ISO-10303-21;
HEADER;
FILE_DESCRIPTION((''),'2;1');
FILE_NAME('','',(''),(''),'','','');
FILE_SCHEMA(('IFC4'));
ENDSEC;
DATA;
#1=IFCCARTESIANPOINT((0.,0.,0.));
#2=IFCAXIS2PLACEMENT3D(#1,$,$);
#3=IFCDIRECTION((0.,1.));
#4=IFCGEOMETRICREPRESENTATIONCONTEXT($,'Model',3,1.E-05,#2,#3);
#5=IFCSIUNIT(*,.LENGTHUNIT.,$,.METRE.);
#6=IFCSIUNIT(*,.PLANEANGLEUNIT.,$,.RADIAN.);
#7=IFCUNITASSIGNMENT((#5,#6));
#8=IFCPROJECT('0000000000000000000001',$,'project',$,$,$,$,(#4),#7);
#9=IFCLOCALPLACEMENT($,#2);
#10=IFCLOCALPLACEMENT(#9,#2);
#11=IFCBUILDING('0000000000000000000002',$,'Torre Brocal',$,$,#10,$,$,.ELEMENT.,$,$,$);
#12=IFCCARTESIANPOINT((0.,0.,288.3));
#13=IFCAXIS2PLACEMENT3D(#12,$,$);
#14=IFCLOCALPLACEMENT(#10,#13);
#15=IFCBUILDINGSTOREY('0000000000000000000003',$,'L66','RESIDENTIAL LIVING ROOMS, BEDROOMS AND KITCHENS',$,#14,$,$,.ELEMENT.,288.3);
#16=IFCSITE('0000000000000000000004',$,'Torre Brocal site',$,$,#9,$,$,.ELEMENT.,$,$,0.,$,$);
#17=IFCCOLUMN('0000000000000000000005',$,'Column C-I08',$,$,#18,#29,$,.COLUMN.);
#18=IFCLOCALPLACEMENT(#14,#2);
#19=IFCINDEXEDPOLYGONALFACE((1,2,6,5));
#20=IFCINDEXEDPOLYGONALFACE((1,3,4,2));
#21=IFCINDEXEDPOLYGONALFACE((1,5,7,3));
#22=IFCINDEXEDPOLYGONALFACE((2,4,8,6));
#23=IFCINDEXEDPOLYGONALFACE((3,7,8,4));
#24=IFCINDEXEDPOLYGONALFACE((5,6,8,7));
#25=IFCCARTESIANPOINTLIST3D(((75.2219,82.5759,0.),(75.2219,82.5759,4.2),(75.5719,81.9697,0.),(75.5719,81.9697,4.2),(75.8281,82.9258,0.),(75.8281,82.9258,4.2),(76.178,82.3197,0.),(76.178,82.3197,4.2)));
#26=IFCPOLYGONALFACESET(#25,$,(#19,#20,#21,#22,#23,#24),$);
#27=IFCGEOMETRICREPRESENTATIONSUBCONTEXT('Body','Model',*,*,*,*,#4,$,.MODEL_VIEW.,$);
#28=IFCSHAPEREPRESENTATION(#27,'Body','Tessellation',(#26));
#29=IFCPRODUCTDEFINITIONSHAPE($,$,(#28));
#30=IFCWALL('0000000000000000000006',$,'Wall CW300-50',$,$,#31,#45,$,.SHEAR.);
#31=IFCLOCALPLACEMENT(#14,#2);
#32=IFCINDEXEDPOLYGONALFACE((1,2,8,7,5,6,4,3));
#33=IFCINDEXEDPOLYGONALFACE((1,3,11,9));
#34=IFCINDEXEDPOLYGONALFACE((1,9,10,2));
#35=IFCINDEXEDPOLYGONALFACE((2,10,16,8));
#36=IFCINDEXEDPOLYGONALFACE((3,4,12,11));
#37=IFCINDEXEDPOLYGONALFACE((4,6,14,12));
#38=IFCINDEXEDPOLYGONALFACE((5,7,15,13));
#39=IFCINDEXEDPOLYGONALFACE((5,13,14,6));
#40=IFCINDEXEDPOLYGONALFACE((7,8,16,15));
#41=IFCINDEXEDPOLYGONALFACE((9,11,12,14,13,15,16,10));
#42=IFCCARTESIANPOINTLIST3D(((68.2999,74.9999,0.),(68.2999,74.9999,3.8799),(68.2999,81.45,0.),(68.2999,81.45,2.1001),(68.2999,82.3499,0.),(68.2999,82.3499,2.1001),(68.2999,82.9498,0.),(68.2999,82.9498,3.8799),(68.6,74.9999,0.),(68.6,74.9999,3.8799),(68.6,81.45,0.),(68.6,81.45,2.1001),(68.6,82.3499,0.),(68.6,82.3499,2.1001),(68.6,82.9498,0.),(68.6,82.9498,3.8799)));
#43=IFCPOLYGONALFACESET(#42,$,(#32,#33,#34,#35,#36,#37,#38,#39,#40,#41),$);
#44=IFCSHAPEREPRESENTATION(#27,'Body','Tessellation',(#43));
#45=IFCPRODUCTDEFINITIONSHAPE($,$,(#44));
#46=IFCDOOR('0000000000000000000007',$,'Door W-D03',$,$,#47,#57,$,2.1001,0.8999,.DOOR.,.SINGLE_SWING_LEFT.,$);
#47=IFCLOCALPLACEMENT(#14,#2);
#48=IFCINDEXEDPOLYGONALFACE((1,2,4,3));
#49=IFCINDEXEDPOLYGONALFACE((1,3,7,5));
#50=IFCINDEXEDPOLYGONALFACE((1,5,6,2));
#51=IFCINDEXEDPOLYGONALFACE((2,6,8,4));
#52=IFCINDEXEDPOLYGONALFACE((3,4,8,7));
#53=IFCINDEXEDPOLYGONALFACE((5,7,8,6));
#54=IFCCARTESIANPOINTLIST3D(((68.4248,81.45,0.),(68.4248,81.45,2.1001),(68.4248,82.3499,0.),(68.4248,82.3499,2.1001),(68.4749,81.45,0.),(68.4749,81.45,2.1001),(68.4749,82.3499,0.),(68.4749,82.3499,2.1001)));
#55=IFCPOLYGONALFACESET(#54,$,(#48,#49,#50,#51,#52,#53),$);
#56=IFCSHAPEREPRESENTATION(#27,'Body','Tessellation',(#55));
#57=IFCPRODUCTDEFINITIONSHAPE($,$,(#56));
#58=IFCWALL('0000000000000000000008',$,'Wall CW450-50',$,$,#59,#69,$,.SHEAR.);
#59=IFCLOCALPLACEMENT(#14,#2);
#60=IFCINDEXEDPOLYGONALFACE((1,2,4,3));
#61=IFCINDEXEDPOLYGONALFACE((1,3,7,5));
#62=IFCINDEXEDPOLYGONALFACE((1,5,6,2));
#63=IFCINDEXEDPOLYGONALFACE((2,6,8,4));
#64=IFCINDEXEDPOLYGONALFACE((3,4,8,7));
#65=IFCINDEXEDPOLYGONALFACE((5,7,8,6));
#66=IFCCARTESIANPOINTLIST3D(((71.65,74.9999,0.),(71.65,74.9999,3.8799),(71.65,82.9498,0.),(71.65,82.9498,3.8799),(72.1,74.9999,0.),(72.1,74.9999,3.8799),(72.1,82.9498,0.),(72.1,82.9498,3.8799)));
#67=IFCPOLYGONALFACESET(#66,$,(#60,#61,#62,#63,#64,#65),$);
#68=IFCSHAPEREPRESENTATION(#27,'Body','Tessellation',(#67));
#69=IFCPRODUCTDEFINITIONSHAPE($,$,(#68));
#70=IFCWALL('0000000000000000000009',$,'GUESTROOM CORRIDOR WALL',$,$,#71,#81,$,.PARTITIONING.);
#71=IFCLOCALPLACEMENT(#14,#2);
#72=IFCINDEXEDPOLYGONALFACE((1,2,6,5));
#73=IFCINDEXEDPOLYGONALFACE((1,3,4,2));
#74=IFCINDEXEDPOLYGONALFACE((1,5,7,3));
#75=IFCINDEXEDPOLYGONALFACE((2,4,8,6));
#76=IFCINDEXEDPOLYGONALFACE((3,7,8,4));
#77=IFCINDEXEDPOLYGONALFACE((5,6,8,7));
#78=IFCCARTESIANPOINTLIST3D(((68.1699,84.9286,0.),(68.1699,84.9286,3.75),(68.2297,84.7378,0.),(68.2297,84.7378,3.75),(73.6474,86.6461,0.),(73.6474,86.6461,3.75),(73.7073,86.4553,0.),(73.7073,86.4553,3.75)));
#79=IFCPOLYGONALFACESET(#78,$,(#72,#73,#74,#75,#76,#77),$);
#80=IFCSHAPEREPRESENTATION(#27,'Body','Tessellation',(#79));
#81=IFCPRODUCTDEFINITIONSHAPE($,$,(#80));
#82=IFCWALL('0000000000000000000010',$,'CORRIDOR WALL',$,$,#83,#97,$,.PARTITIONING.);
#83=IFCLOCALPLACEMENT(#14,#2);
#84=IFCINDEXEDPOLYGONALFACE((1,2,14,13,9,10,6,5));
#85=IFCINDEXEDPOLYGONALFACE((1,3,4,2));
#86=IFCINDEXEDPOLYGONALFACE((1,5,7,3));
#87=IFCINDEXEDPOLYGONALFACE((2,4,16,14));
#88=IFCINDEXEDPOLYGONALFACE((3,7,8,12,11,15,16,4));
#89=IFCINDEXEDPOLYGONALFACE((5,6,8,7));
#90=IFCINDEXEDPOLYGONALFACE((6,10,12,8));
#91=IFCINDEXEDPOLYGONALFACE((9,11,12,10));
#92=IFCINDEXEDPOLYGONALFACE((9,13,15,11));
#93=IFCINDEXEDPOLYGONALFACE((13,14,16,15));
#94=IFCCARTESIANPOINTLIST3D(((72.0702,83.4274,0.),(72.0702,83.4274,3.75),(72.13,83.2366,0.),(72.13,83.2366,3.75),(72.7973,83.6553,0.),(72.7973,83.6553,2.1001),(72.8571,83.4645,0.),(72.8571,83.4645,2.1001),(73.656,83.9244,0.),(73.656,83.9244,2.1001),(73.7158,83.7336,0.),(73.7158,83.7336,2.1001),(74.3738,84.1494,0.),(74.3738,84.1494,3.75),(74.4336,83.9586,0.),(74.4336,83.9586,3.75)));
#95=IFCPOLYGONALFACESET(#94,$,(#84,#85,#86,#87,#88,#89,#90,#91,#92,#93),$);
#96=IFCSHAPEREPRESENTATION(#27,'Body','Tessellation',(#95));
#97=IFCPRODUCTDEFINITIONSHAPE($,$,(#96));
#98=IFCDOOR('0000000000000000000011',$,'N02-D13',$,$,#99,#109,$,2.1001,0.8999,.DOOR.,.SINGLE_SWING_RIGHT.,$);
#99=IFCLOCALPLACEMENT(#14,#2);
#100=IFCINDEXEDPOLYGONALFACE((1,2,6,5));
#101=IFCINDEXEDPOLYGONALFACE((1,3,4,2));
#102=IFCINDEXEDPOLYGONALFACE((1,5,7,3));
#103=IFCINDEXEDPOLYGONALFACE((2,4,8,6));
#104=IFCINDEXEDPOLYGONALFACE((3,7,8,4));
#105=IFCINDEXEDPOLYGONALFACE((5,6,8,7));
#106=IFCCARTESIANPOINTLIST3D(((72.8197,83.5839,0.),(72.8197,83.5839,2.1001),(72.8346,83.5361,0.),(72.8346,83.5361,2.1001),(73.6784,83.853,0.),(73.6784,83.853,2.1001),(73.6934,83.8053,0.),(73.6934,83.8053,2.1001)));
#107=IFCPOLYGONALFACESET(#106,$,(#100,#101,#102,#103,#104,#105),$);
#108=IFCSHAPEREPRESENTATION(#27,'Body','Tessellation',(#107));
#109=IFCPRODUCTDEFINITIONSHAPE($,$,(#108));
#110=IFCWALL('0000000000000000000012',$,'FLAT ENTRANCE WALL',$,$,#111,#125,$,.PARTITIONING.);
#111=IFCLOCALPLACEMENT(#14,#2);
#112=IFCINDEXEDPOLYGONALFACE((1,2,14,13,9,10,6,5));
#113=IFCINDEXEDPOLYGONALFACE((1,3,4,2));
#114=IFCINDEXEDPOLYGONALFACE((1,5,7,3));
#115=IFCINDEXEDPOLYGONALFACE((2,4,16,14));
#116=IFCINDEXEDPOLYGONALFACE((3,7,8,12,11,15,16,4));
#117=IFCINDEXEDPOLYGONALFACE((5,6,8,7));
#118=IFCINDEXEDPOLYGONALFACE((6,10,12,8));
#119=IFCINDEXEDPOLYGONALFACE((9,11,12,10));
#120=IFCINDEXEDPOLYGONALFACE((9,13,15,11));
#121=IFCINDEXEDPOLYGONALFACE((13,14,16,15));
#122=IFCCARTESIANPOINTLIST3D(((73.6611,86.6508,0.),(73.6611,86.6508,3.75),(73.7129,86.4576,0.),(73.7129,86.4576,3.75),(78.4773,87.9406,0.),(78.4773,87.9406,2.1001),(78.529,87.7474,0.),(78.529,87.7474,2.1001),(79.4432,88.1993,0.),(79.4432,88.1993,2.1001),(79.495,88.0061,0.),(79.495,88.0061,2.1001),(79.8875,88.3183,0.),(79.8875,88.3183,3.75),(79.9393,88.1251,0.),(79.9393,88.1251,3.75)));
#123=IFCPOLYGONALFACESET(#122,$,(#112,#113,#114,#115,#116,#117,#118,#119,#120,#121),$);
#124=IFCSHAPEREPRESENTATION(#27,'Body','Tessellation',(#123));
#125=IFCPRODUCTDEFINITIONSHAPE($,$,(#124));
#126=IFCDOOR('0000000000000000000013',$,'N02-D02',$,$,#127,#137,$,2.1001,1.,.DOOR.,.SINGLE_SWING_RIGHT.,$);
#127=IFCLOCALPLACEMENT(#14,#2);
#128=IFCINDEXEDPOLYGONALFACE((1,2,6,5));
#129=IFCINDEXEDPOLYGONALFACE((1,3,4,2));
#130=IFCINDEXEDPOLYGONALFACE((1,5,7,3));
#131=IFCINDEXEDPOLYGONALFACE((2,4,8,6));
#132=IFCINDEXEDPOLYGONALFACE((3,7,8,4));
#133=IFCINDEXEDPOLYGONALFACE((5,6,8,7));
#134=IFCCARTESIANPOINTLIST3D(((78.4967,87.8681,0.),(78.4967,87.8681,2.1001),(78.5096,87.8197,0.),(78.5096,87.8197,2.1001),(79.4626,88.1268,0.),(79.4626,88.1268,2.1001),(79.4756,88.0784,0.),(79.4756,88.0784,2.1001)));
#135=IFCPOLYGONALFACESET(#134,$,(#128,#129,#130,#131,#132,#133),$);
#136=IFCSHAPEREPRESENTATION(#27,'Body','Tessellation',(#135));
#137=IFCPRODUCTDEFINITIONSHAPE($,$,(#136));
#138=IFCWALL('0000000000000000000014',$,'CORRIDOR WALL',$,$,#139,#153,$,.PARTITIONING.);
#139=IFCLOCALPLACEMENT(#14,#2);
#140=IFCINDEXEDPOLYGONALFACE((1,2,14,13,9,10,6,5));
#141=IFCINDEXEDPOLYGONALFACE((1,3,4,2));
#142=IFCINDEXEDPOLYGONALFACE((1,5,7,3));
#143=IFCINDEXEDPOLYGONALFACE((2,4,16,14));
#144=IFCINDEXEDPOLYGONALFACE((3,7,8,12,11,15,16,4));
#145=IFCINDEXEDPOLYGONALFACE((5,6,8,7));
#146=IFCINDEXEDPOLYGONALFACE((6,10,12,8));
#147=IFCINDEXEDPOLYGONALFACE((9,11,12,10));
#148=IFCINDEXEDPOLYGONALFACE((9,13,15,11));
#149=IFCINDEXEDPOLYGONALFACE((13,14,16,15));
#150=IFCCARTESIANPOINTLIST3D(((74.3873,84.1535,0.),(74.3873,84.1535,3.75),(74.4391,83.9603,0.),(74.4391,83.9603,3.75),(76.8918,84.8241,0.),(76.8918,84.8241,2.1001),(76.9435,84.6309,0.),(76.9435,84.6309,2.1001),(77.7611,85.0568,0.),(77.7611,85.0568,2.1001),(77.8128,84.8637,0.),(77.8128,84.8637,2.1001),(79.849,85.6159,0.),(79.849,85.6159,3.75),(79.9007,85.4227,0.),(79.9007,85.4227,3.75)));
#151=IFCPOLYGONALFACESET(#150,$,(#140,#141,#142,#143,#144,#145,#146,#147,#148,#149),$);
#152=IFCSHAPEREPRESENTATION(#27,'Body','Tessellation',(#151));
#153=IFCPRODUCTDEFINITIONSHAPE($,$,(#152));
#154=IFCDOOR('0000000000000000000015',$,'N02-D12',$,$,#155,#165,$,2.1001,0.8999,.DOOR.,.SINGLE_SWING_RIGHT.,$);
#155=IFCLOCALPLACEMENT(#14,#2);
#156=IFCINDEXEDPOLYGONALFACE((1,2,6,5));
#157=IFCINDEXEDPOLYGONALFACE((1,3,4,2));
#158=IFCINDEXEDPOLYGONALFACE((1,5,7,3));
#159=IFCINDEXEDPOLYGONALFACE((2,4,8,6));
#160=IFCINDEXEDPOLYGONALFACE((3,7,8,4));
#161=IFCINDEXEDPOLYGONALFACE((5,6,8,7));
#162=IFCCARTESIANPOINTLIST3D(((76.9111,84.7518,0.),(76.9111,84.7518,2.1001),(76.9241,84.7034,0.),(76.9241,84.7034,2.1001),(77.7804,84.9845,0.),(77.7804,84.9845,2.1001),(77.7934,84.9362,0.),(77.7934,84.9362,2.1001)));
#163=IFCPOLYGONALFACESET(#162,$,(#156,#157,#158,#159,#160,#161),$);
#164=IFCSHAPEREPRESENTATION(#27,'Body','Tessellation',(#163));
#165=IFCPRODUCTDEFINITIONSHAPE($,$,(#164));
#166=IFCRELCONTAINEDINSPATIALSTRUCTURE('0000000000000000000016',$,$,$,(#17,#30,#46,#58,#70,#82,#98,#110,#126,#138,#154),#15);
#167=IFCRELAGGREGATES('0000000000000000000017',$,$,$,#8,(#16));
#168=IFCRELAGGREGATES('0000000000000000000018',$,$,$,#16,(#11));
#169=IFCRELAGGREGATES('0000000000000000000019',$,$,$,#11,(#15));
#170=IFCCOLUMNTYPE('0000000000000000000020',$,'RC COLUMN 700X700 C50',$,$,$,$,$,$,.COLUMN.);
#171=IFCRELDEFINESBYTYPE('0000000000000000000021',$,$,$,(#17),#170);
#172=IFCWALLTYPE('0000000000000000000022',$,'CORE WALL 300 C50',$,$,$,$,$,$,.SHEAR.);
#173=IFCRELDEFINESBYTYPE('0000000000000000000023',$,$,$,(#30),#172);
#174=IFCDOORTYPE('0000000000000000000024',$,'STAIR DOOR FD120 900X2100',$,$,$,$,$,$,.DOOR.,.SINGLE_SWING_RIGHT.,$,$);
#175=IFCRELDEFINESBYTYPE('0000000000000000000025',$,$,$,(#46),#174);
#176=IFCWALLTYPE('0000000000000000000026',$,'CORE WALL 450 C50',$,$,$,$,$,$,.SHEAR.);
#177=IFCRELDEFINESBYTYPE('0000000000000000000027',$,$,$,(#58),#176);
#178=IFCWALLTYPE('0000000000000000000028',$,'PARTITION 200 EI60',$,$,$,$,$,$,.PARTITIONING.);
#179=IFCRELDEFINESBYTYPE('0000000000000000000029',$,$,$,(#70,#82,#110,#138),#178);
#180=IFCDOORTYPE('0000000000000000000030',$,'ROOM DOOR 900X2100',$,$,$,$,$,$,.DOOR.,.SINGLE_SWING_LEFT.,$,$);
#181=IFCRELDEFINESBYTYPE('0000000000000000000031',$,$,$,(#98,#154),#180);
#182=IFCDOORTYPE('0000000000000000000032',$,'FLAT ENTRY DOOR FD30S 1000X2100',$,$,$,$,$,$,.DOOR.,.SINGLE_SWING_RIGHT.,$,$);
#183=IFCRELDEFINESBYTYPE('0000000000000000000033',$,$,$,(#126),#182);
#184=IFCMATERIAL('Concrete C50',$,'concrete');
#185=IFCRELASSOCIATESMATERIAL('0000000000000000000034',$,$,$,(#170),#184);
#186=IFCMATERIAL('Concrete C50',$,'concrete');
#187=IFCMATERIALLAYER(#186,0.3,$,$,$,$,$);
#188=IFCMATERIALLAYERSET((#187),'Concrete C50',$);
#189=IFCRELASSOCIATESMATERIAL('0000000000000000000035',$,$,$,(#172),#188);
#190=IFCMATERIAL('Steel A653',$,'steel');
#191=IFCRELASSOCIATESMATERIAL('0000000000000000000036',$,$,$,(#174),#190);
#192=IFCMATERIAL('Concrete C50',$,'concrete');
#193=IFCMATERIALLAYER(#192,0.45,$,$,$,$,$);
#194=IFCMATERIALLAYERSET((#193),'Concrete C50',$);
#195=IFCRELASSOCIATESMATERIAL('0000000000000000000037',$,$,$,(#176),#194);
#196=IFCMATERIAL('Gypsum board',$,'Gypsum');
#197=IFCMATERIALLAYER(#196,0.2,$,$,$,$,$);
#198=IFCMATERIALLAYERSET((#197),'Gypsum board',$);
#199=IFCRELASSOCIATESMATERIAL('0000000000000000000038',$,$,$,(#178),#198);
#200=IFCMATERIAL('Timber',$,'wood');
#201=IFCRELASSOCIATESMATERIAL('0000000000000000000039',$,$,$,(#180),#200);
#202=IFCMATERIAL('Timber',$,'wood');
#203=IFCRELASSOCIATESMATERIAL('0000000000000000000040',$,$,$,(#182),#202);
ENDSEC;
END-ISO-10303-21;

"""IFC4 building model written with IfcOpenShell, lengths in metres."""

from ifc_helpers import new_model, si_unit, direction, frame, frame_2d, origin, origin_2d, place, context, subcontext, project, spatial, rectangle, extrude, material, layer, layer_set, material_profile, profile_set, type_object, element, fill, save


model = new_model("IFC4")

# Units and contexts
model_context = context("Model", 3, precision=1e-05, world=origin(), true_north=direction((0.0, 1.0)))
body_context = subcontext(model_context, "Body", "Model", "MODEL_VIEW")
ifc_project = project(units=[si_unit("LENGTHUNIT", "METRE"), si_unit("PLANEANGLEUNIT", "RADIAN")], contexts=[model_context])

# Site, building, storey
site_placement = place(None, origin())
site = spatial("IfcSite", under=ifc_project, at=site_placement, Name="Torre Brocal site", CompositionType="ELEMENT", RefElevation=0.0)
building_placement = place(site_placement, origin())
building = spatial("IfcBuilding", under=site, at=building_placement, Name="Torre Brocal", CompositionType="ELEMENT")
storey_placement = place(building_placement, frame((0.0, 0.0, 288.3)))
storey = spatial("IfcBuildingStorey", under=building, at=storey_placement, Name="L66", Description="RESIDENTIAL LIVING ROOMS, BEDROOMS AND KITCHENS", CompositionType="ELEMENT", Elevation=288.3)

# Column
ifc_material_1 = material(Name="Concrete C50", Category="concrete")
ifc_material_profile = material_profile(ifc_material_1, rectangle(XDim=0.7, YDim=0.7, at=origin_2d()), Name="RC 700X700")
ifc_profile_set = profile_set([ifc_material_profile], Name="Concrete C50")
column_type = type_object("IfcColumnType", Name="RC COLUMN 700X700 C50", PredefinedType="COLUMN", material=ifc_profile_set)
column_placement = place(storey_placement, frame((75.7, 82.4478, 0.0), z_axis=(0.0, 0.0, 1.0), x_axis=(-0.5, 0.866025, 0.0)))
element("IfcColumn", 1, at=column_placement, inside=storey, type_object=column_type, Name="Column C-I08", PredefinedType="COLUMN", context=body_context, shape_type="SweptSolid", body=[
    extrude(rectangle(XDim=0.7, YDim=0.7, at=origin_2d()), origin(), (0.0, 0.0, 1.0), 4.2),
])

# Wall, opening, door
ifc_material_2 = material(Name="Concrete C50", Category="concrete")
ifc_layer_1 = layer(ifc_material_2, 0.3)
ifc_layer_set_1 = layer_set([ifc_layer_1], Name="Concrete C50")
wall_type_1 = type_object("IfcWallType", Name="CORE WALL 300 C50", PredefinedType="SHEAR", material=ifc_layer_set_1)
wall_1_placement = place(storey_placement, frame((68.45, 82.95, 0.0), z_axis=(0.0, 0.0, 1.0), x_axis=(0.0, -1.0, 0.0)))
wall_1 = element("IfcWall", 2, at=wall_1_placement, inside=storey, type_object=wall_type_1, Name="Wall CW300-50", PredefinedType="SHEAR", context=body_context, shape_type="SweptSolid", body=[
    extrude(rectangle(XDim=7.95, YDim=0.3, at=frame_2d((3.9751, 0.0))), origin(), (0.0, 0.0, 1.0), 3.8799),
])
opening_1_placement = place(wall_1_placement, frame((0.6001, 0.0, 0.0)))
opening_1 = element("IfcOpeningElement", 3, at=opening_1_placement, cuts=wall_1, PredefinedType="OPENING", context=body_context, shape_type="SweptSolid", body=[
    extrude(rectangle(XDim=0.8999, YDim=2.1001, at=frame_2d((0.45, 1.05))), frame((0.0, 0.1599, 0.0), z_axis=(0.0, -1.0, 0.0), x_axis=(1.0, 0.0, 0.0)), (0.0, 0.0, 1.0), 0.3201),
])
ifc_material_3 = material(Name="Steel A653", Category="steel")
door_type_1 = type_object("IfcDoorType", Name="STAIR DOOR FD120 900X2100", OperationType="SINGLE_SWING_RIGHT", PredefinedType="DOOR", material=ifc_material_3)
door_1_placement = place(opening_1_placement, origin())
door_1 = element("IfcDoor", 4, at=door_1_placement, inside=storey, type_object=door_type_1, Name="Door W-D03", OperationType="SINGLE_SWING_LEFT", OverallHeight=2.1001, OverallWidth=0.8999, PredefinedType="DOOR", context=body_context, shape_type="SweptSolid", body=[
    extrude(rectangle(XDim=0.8999, YDim=2.1001, at=frame_2d((0.45, 1.05))), frame((0.0, 0.0249, 0.0), z_axis=(0.0, -1.0, 0.0), x_axis=(1.0, 0.0, 0.0)), (0.0, 0.0, 1.0), 0.05),
])
fill(opening_1, door_1)
ifc_material_4 = material(Name="Concrete C50", Category="concrete")
ifc_layer_2 = layer(ifc_material_4, 0.45)
ifc_layer_set_2 = layer_set([ifc_layer_2], Name="Concrete C50")
wall_type_2 = type_object("IfcWallType", Name="CORE WALL 450 C50", PredefinedType="SHEAR", material=ifc_layer_set_2)

# Walls
wall_2_placement = place(storey_placement, frame((71.875, 82.95, 0.0), z_axis=(0.0, 0.0, 1.0), x_axis=(0.0, -1.0, 0.0)))
element("IfcWall", 5, at=wall_2_placement, inside=storey, type_object=wall_type_2, Name="Wall CW450-50", PredefinedType="SHEAR", context=body_context, shape_type="SweptSolid", body=[
    extrude(rectangle(XDim=7.95, YDim=0.45, at=frame_2d((3.9751, 0.0))), origin(), (0.0, 0.0, 1.0), 3.8799),
])
ifc_material_5 = material(Name="Gypsum board", Category="Gypsum")
ifc_layer_3 = layer(ifc_material_5, 0.2)
ifc_layer_set_3 = layer_set([ifc_layer_3], Name="Gypsum board")
wall_type_3 = type_object("IfcWallType", Name="PARTITION 200 EI60", PredefinedType="PARTITIONING", material=ifc_layer_set_3)
wall_3_placement = place(storey_placement, frame((68.2, 84.8333, 0.0), z_axis=(0.0, 0.0, 1.0), x_axis=(0.954192, 0.299195, 0.0)))
element("IfcWall", 6, at=wall_3_placement, inside=storey, type_object=wall_type_3, Name="GUESTROOM CORRIDOR WALL", PredefinedType="PARTITIONING", context=body_context, shape_type="SweptSolid", body=[
    extrude(rectangle(XDim=5.7405, YDim=0.2, at=frame_2d((2.8701, 0.0))), origin(), (0.0, 0.0, 1.0), 3.75),
])

# Walls, openings, doors
wall_4_placement = place(storey_placement, frame((72.1001, 83.332, 0.0), z_axis=(0.0, 0.0, 1.0), x_axis=(0.954233, 0.299064, 0.0)))
wall_4 = element("IfcWall", 7, at=wall_4_placement, inside=storey, type_object=wall_type_3, Name="CORRIDOR WALL", PredefinedType="PARTITIONING", context=body_context, shape_type="SweptSolid", body=[
    extrude(rectangle(XDim=2.4141, YDim=0.2, at=frame_2d((1.207, 0.0))), origin(), (0.0, 0.0, 1.0), 3.75),
])
opening_2_placement = place(wall_4_placement, frame((0.762, 0.0, 0.0)))
opening_2 = element("IfcOpeningElement", 8, at=opening_2_placement, cuts=wall_4, PredefinedType="OPENING", context=body_context, shape_type="SweptSolid", body=[
    extrude(rectangle(XDim=0.8999, YDim=2.1001, at=frame_2d((0.45, 1.05))), frame((0.0, 0.1099, 0.0), z_axis=(0.0, -1.0, 0.0), x_axis=(1.0, 0.0, 0.0)), (0.0, 0.0, 1.0), 0.22),
])
ifc_material_6 = material(Name="Timber", Category="wood")
door_type_2 = type_object("IfcDoorType", Name="ROOM DOOR 900X2100", OperationType="SINGLE_SWING_LEFT", PredefinedType="DOOR", material=ifc_material_6)
door_2_placement = place(opening_2_placement, frame((0.8999, 0.0, 0.0), z_axis=(0.0, 0.0, 1.0), x_axis=(-1.0, 0.0, 0.0)))
door_2 = element("IfcDoor", 9, at=door_2_placement, inside=storey, type_object=door_type_2, Name="N02-D13", OperationType="SINGLE_SWING_RIGHT", OverallHeight=2.1001, OverallWidth=0.8999, PredefinedType="DOOR", context=body_context, shape_type="SweptSolid", body=[
    extrude(rectangle(XDim=0.8999, YDim=2.1001, at=frame_2d((0.45, 1.05))), frame((0.0, 0.0249, 0.0), z_axis=(0.0, -1.0, 0.0), x_axis=(1.0, 0.0, 0.0)), (0.0, 0.0, 1.0), 0.05),
])
fill(opening_2, door_2)
wall_5_placement = place(storey_placement, frame((73.687, 86.5542, 0.0), z_axis=(0.0, 0.0, 1.0), x_axis=(0.965959, 0.258695, 0.0)))
wall_5 = element("IfcWall", 10, at=wall_5_placement, inside=storey, type_object=wall_type_3, Name="FLAT ENTRANCE WALL", PredefinedType="PARTITIONING", context=body_context, shape_type="SweptSolid", body=[
    extrude(rectangle(XDim=6.4458, YDim=0.2, at=frame_2d((3.2229, 0.0))), origin(), (0.0, 0.0, 1.0), 3.75),
])
opening_3_placement = place(wall_5_placement, frame((4.9858, 0.0, 0.0)))
opening_3 = element("IfcOpeningElement", 11, at=opening_3_placement, cuts=wall_5, PredefinedType="OPENING", context=body_context, shape_type="SweptSolid", body=[
    extrude(rectangle(XDim=1.0, YDim=2.1001, at=frame_2d((0.5, 1.05))), frame((0.0, 0.1099, 0.0), z_axis=(0.0, -1.0, 0.0), x_axis=(1.0, 0.0, 0.0)), (0.0, 0.0, 1.0), 0.22),
])
ifc_material_7 = material(Name="Timber", Category="wood")
door_type_3 = type_object("IfcDoorType", Name="FLAT ENTRY DOOR FD30S 1000X2100", OperationType="SINGLE_SWING_RIGHT", PredefinedType="DOOR", material=ifc_material_7)
door_3_placement = place(opening_3_placement, origin())
door_3 = element("IfcDoor", 12, at=door_3_placement, inside=storey, type_object=door_type_3, Name="N02-D02", OperationType="SINGLE_SWING_RIGHT", OverallHeight=2.1001, OverallWidth=1.0, PredefinedType="DOOR", context=body_context, shape_type="SweptSolid", body=[
    extrude(rectangle(XDim=1.0, YDim=2.1001, at=frame_2d((0.5, 1.05))), frame((0.0, 0.0249, 0.0), z_axis=(0.0, -1.0, 0.0), x_axis=(1.0, 0.0, 0.0)), (0.0, 0.0, 1.0), 0.05),
])
fill(opening_3, door_3)
wall_6_placement = place(storey_placement, frame((74.4131, 84.0569, 0.0), z_axis=(0.0, 0.0, 1.0), x_axis=(0.965972, 0.258646, 0.0)))
wall_6 = element("IfcWall", 13, at=wall_6_placement, inside=storey, type_object=wall_type_3, Name="CORRIDOR WALL", PredefinedType="PARTITIONING", context=body_context, shape_type="SweptSolid", body=[
    extrude(rectangle(XDim=5.6541, YDim=0.2, at=frame_2d((2.8271, 0.0))), origin(), (0.0, 0.0, 1.0), 3.75),
])
opening_4_placement = place(wall_6_placement, frame((2.5928, 0.0, 0.0)))
opening_4 = element("IfcOpeningElement", 14, at=opening_4_placement, cuts=wall_6, PredefinedType="OPENING", context=body_context, shape_type="SweptSolid", body=[
    extrude(rectangle(XDim=0.8999, YDim=2.1001, at=frame_2d((0.45, 1.05))), frame((0.0, 0.1099, 0.0), z_axis=(0.0, -1.0, 0.0), x_axis=(1.0, 0.0, 0.0)), (0.0, 0.0, 1.0), 0.22),
])
door_4_placement = place(opening_4_placement, frame((0.8999, 0.0, 0.0), z_axis=(0.0, 0.0, 1.0), x_axis=(-1.0, 0.0, 0.0)))
door_4 = element("IfcDoor", 15, at=door_4_placement, inside=storey, type_object=door_type_2, Name="N02-D12", OperationType="SINGLE_SWING_RIGHT", OverallHeight=2.1001, OverallWidth=0.8999, PredefinedType="DOOR", context=body_context, shape_type="SweptSolid", body=[
    extrude(rectangle(XDim=0.8999, YDim=2.1001, at=frame_2d((0.45, 1.05))), frame((0.0, 0.0249, 0.0), z_axis=(0.0, -1.0, 0.0), x_axis=(1.0, 0.0, 0.0)), (0.0, 0.0, 1.0), 0.05),
])
fill(opening_4, door_4)

save(model, "model.ifc")
